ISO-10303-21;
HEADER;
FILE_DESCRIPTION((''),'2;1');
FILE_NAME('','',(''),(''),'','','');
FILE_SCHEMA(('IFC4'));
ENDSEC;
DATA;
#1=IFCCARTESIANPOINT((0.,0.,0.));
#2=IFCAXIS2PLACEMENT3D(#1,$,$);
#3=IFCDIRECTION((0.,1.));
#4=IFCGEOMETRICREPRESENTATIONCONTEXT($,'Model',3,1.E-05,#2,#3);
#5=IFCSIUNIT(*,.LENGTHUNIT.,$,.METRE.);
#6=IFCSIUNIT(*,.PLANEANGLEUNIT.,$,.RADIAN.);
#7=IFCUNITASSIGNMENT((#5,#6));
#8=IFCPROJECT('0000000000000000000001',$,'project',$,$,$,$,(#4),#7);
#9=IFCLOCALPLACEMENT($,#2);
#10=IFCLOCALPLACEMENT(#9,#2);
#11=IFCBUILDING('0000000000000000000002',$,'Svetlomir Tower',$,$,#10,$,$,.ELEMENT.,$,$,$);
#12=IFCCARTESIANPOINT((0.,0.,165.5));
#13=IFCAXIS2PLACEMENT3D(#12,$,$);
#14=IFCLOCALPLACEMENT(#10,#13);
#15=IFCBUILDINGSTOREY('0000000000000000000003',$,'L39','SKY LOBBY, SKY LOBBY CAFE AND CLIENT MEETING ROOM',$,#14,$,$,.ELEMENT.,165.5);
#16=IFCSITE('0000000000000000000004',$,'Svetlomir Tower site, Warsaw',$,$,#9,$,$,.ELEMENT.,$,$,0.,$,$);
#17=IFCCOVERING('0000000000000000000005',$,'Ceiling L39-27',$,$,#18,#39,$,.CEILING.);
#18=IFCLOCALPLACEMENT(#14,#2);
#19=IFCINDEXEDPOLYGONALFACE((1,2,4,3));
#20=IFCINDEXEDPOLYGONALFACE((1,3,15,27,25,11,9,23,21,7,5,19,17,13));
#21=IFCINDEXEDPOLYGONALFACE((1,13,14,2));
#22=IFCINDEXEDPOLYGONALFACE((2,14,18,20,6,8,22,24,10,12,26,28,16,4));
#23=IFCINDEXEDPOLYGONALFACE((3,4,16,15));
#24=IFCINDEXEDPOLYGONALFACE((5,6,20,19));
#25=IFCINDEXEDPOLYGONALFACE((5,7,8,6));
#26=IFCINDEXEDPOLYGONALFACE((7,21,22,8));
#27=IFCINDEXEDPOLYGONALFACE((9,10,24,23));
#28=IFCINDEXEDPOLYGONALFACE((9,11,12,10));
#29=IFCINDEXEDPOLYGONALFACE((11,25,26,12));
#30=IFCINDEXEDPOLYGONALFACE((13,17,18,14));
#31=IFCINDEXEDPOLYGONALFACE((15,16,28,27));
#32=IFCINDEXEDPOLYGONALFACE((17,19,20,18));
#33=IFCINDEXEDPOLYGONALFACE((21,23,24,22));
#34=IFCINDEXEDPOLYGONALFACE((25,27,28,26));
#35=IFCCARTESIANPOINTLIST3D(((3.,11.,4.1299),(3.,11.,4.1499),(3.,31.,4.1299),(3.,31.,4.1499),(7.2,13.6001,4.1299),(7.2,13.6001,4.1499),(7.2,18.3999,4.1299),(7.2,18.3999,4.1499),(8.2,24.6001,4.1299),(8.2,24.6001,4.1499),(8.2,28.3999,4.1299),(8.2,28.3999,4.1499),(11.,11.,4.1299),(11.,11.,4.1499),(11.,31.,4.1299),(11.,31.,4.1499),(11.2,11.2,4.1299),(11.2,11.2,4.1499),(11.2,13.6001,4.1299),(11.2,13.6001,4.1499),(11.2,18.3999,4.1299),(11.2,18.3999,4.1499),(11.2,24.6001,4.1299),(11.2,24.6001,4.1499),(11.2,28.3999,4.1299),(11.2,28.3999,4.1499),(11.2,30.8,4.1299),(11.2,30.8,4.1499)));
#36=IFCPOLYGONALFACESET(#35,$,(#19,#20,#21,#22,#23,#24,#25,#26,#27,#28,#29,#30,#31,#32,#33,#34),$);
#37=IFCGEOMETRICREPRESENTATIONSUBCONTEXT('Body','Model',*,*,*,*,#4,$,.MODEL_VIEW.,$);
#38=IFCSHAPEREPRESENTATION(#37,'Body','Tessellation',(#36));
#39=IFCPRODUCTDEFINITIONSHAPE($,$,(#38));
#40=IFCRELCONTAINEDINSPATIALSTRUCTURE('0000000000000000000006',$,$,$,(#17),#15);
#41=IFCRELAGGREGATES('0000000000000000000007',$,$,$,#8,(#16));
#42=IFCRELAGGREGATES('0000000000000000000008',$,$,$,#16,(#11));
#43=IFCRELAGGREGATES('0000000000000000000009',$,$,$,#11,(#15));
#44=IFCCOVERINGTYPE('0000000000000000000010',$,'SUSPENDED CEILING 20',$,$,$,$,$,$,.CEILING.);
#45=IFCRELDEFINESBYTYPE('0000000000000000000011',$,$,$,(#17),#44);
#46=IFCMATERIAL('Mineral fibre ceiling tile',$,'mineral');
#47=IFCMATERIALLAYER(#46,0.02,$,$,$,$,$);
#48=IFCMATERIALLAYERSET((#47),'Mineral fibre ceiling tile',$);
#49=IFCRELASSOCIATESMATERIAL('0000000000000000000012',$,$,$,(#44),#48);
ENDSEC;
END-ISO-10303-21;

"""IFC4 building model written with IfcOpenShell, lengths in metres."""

from ifc_helpers import new_model, si_unit, direction, frame, origin, place, context, subcontext, project, spatial, polyline, outline, extrude, material, layer, layer_set, type_object, element, save


model = new_model("IFC4")

# Units and contexts
model_context = context("Model", 3, precision=1e-05, world=origin(), true_north=direction((0.0, 1.0)))
body_context = subcontext(model_context, "Body", "Model", "MODEL_VIEW")
ifc_project = project(units=[si_unit("LENGTHUNIT", "METRE"), si_unit("PLANEANGLEUNIT", "RADIAN")], contexts=[model_context])

# Site, building, storey
site_placement = place(None, origin())
site = spatial("IfcSite", under=ifc_project, at=site_placement, Name="Svetlomir Tower site, Warsaw", CompositionType="ELEMENT", RefElevation=0.0)
building_placement = place(site_placement, origin())
building = spatial("IfcBuilding", under=site, at=building_placement, Name="Svetlomir Tower", CompositionType="ELEMENT")
storey_placement = place(building_placement, frame((0.0, 0.0, 165.5)))
storey = spatial("IfcBuildingStorey", under=building, at=storey_placement, Name="L39", Description="SKY LOBBY, SKY LOBBY CAFE AND CLIENT MEETING ROOM", CompositionType="ELEMENT", Elevation=165.5)

# Covering
ifc_material_1 = material(Name="Mineral fibre ceiling tile", Category="mineral")
ifc_layer_1 = layer(ifc_material_1, 0.02)
ifc_layer_set_1 = layer_set([ifc_layer_1], Name="Mineral fibre ceiling tile")
covering_type_1 = type_object("IfcCoveringType", Name="SUSPENDED CEILING 20", PredefinedType="CEILING", material=ifc_layer_set_1)
covering_1_placement = place(storey_placement, frame((0.0, 0.0, 4.1299)))
element("IfcCovering", 1, at=covering_1_placement, inside=storey, type_object=covering_type_1, Name="Ceiling L39-27", PredefinedType="CEILING", context=body_context, shape_type="SweptSolid", body=[
    extrude(outline(polyline([(3.0, 11.0), (3.0, 31.0), (11.0, 31.0), (11.2, 30.8), (11.2, 28.3999), (8.2, 28.3999), (8.2, 24.6001), (11.2, 24.6001), (11.2, 18.3999), (7.2, 18.3999), (7.2, 13.6001), (11.2, 13.6001), (11.2, 11.2), (11.0, 11.0), (3.0, 11.0)])), origin(), (0.0, 0.0, 1.0), 0.02),
])

save(model, "model.ifc")
